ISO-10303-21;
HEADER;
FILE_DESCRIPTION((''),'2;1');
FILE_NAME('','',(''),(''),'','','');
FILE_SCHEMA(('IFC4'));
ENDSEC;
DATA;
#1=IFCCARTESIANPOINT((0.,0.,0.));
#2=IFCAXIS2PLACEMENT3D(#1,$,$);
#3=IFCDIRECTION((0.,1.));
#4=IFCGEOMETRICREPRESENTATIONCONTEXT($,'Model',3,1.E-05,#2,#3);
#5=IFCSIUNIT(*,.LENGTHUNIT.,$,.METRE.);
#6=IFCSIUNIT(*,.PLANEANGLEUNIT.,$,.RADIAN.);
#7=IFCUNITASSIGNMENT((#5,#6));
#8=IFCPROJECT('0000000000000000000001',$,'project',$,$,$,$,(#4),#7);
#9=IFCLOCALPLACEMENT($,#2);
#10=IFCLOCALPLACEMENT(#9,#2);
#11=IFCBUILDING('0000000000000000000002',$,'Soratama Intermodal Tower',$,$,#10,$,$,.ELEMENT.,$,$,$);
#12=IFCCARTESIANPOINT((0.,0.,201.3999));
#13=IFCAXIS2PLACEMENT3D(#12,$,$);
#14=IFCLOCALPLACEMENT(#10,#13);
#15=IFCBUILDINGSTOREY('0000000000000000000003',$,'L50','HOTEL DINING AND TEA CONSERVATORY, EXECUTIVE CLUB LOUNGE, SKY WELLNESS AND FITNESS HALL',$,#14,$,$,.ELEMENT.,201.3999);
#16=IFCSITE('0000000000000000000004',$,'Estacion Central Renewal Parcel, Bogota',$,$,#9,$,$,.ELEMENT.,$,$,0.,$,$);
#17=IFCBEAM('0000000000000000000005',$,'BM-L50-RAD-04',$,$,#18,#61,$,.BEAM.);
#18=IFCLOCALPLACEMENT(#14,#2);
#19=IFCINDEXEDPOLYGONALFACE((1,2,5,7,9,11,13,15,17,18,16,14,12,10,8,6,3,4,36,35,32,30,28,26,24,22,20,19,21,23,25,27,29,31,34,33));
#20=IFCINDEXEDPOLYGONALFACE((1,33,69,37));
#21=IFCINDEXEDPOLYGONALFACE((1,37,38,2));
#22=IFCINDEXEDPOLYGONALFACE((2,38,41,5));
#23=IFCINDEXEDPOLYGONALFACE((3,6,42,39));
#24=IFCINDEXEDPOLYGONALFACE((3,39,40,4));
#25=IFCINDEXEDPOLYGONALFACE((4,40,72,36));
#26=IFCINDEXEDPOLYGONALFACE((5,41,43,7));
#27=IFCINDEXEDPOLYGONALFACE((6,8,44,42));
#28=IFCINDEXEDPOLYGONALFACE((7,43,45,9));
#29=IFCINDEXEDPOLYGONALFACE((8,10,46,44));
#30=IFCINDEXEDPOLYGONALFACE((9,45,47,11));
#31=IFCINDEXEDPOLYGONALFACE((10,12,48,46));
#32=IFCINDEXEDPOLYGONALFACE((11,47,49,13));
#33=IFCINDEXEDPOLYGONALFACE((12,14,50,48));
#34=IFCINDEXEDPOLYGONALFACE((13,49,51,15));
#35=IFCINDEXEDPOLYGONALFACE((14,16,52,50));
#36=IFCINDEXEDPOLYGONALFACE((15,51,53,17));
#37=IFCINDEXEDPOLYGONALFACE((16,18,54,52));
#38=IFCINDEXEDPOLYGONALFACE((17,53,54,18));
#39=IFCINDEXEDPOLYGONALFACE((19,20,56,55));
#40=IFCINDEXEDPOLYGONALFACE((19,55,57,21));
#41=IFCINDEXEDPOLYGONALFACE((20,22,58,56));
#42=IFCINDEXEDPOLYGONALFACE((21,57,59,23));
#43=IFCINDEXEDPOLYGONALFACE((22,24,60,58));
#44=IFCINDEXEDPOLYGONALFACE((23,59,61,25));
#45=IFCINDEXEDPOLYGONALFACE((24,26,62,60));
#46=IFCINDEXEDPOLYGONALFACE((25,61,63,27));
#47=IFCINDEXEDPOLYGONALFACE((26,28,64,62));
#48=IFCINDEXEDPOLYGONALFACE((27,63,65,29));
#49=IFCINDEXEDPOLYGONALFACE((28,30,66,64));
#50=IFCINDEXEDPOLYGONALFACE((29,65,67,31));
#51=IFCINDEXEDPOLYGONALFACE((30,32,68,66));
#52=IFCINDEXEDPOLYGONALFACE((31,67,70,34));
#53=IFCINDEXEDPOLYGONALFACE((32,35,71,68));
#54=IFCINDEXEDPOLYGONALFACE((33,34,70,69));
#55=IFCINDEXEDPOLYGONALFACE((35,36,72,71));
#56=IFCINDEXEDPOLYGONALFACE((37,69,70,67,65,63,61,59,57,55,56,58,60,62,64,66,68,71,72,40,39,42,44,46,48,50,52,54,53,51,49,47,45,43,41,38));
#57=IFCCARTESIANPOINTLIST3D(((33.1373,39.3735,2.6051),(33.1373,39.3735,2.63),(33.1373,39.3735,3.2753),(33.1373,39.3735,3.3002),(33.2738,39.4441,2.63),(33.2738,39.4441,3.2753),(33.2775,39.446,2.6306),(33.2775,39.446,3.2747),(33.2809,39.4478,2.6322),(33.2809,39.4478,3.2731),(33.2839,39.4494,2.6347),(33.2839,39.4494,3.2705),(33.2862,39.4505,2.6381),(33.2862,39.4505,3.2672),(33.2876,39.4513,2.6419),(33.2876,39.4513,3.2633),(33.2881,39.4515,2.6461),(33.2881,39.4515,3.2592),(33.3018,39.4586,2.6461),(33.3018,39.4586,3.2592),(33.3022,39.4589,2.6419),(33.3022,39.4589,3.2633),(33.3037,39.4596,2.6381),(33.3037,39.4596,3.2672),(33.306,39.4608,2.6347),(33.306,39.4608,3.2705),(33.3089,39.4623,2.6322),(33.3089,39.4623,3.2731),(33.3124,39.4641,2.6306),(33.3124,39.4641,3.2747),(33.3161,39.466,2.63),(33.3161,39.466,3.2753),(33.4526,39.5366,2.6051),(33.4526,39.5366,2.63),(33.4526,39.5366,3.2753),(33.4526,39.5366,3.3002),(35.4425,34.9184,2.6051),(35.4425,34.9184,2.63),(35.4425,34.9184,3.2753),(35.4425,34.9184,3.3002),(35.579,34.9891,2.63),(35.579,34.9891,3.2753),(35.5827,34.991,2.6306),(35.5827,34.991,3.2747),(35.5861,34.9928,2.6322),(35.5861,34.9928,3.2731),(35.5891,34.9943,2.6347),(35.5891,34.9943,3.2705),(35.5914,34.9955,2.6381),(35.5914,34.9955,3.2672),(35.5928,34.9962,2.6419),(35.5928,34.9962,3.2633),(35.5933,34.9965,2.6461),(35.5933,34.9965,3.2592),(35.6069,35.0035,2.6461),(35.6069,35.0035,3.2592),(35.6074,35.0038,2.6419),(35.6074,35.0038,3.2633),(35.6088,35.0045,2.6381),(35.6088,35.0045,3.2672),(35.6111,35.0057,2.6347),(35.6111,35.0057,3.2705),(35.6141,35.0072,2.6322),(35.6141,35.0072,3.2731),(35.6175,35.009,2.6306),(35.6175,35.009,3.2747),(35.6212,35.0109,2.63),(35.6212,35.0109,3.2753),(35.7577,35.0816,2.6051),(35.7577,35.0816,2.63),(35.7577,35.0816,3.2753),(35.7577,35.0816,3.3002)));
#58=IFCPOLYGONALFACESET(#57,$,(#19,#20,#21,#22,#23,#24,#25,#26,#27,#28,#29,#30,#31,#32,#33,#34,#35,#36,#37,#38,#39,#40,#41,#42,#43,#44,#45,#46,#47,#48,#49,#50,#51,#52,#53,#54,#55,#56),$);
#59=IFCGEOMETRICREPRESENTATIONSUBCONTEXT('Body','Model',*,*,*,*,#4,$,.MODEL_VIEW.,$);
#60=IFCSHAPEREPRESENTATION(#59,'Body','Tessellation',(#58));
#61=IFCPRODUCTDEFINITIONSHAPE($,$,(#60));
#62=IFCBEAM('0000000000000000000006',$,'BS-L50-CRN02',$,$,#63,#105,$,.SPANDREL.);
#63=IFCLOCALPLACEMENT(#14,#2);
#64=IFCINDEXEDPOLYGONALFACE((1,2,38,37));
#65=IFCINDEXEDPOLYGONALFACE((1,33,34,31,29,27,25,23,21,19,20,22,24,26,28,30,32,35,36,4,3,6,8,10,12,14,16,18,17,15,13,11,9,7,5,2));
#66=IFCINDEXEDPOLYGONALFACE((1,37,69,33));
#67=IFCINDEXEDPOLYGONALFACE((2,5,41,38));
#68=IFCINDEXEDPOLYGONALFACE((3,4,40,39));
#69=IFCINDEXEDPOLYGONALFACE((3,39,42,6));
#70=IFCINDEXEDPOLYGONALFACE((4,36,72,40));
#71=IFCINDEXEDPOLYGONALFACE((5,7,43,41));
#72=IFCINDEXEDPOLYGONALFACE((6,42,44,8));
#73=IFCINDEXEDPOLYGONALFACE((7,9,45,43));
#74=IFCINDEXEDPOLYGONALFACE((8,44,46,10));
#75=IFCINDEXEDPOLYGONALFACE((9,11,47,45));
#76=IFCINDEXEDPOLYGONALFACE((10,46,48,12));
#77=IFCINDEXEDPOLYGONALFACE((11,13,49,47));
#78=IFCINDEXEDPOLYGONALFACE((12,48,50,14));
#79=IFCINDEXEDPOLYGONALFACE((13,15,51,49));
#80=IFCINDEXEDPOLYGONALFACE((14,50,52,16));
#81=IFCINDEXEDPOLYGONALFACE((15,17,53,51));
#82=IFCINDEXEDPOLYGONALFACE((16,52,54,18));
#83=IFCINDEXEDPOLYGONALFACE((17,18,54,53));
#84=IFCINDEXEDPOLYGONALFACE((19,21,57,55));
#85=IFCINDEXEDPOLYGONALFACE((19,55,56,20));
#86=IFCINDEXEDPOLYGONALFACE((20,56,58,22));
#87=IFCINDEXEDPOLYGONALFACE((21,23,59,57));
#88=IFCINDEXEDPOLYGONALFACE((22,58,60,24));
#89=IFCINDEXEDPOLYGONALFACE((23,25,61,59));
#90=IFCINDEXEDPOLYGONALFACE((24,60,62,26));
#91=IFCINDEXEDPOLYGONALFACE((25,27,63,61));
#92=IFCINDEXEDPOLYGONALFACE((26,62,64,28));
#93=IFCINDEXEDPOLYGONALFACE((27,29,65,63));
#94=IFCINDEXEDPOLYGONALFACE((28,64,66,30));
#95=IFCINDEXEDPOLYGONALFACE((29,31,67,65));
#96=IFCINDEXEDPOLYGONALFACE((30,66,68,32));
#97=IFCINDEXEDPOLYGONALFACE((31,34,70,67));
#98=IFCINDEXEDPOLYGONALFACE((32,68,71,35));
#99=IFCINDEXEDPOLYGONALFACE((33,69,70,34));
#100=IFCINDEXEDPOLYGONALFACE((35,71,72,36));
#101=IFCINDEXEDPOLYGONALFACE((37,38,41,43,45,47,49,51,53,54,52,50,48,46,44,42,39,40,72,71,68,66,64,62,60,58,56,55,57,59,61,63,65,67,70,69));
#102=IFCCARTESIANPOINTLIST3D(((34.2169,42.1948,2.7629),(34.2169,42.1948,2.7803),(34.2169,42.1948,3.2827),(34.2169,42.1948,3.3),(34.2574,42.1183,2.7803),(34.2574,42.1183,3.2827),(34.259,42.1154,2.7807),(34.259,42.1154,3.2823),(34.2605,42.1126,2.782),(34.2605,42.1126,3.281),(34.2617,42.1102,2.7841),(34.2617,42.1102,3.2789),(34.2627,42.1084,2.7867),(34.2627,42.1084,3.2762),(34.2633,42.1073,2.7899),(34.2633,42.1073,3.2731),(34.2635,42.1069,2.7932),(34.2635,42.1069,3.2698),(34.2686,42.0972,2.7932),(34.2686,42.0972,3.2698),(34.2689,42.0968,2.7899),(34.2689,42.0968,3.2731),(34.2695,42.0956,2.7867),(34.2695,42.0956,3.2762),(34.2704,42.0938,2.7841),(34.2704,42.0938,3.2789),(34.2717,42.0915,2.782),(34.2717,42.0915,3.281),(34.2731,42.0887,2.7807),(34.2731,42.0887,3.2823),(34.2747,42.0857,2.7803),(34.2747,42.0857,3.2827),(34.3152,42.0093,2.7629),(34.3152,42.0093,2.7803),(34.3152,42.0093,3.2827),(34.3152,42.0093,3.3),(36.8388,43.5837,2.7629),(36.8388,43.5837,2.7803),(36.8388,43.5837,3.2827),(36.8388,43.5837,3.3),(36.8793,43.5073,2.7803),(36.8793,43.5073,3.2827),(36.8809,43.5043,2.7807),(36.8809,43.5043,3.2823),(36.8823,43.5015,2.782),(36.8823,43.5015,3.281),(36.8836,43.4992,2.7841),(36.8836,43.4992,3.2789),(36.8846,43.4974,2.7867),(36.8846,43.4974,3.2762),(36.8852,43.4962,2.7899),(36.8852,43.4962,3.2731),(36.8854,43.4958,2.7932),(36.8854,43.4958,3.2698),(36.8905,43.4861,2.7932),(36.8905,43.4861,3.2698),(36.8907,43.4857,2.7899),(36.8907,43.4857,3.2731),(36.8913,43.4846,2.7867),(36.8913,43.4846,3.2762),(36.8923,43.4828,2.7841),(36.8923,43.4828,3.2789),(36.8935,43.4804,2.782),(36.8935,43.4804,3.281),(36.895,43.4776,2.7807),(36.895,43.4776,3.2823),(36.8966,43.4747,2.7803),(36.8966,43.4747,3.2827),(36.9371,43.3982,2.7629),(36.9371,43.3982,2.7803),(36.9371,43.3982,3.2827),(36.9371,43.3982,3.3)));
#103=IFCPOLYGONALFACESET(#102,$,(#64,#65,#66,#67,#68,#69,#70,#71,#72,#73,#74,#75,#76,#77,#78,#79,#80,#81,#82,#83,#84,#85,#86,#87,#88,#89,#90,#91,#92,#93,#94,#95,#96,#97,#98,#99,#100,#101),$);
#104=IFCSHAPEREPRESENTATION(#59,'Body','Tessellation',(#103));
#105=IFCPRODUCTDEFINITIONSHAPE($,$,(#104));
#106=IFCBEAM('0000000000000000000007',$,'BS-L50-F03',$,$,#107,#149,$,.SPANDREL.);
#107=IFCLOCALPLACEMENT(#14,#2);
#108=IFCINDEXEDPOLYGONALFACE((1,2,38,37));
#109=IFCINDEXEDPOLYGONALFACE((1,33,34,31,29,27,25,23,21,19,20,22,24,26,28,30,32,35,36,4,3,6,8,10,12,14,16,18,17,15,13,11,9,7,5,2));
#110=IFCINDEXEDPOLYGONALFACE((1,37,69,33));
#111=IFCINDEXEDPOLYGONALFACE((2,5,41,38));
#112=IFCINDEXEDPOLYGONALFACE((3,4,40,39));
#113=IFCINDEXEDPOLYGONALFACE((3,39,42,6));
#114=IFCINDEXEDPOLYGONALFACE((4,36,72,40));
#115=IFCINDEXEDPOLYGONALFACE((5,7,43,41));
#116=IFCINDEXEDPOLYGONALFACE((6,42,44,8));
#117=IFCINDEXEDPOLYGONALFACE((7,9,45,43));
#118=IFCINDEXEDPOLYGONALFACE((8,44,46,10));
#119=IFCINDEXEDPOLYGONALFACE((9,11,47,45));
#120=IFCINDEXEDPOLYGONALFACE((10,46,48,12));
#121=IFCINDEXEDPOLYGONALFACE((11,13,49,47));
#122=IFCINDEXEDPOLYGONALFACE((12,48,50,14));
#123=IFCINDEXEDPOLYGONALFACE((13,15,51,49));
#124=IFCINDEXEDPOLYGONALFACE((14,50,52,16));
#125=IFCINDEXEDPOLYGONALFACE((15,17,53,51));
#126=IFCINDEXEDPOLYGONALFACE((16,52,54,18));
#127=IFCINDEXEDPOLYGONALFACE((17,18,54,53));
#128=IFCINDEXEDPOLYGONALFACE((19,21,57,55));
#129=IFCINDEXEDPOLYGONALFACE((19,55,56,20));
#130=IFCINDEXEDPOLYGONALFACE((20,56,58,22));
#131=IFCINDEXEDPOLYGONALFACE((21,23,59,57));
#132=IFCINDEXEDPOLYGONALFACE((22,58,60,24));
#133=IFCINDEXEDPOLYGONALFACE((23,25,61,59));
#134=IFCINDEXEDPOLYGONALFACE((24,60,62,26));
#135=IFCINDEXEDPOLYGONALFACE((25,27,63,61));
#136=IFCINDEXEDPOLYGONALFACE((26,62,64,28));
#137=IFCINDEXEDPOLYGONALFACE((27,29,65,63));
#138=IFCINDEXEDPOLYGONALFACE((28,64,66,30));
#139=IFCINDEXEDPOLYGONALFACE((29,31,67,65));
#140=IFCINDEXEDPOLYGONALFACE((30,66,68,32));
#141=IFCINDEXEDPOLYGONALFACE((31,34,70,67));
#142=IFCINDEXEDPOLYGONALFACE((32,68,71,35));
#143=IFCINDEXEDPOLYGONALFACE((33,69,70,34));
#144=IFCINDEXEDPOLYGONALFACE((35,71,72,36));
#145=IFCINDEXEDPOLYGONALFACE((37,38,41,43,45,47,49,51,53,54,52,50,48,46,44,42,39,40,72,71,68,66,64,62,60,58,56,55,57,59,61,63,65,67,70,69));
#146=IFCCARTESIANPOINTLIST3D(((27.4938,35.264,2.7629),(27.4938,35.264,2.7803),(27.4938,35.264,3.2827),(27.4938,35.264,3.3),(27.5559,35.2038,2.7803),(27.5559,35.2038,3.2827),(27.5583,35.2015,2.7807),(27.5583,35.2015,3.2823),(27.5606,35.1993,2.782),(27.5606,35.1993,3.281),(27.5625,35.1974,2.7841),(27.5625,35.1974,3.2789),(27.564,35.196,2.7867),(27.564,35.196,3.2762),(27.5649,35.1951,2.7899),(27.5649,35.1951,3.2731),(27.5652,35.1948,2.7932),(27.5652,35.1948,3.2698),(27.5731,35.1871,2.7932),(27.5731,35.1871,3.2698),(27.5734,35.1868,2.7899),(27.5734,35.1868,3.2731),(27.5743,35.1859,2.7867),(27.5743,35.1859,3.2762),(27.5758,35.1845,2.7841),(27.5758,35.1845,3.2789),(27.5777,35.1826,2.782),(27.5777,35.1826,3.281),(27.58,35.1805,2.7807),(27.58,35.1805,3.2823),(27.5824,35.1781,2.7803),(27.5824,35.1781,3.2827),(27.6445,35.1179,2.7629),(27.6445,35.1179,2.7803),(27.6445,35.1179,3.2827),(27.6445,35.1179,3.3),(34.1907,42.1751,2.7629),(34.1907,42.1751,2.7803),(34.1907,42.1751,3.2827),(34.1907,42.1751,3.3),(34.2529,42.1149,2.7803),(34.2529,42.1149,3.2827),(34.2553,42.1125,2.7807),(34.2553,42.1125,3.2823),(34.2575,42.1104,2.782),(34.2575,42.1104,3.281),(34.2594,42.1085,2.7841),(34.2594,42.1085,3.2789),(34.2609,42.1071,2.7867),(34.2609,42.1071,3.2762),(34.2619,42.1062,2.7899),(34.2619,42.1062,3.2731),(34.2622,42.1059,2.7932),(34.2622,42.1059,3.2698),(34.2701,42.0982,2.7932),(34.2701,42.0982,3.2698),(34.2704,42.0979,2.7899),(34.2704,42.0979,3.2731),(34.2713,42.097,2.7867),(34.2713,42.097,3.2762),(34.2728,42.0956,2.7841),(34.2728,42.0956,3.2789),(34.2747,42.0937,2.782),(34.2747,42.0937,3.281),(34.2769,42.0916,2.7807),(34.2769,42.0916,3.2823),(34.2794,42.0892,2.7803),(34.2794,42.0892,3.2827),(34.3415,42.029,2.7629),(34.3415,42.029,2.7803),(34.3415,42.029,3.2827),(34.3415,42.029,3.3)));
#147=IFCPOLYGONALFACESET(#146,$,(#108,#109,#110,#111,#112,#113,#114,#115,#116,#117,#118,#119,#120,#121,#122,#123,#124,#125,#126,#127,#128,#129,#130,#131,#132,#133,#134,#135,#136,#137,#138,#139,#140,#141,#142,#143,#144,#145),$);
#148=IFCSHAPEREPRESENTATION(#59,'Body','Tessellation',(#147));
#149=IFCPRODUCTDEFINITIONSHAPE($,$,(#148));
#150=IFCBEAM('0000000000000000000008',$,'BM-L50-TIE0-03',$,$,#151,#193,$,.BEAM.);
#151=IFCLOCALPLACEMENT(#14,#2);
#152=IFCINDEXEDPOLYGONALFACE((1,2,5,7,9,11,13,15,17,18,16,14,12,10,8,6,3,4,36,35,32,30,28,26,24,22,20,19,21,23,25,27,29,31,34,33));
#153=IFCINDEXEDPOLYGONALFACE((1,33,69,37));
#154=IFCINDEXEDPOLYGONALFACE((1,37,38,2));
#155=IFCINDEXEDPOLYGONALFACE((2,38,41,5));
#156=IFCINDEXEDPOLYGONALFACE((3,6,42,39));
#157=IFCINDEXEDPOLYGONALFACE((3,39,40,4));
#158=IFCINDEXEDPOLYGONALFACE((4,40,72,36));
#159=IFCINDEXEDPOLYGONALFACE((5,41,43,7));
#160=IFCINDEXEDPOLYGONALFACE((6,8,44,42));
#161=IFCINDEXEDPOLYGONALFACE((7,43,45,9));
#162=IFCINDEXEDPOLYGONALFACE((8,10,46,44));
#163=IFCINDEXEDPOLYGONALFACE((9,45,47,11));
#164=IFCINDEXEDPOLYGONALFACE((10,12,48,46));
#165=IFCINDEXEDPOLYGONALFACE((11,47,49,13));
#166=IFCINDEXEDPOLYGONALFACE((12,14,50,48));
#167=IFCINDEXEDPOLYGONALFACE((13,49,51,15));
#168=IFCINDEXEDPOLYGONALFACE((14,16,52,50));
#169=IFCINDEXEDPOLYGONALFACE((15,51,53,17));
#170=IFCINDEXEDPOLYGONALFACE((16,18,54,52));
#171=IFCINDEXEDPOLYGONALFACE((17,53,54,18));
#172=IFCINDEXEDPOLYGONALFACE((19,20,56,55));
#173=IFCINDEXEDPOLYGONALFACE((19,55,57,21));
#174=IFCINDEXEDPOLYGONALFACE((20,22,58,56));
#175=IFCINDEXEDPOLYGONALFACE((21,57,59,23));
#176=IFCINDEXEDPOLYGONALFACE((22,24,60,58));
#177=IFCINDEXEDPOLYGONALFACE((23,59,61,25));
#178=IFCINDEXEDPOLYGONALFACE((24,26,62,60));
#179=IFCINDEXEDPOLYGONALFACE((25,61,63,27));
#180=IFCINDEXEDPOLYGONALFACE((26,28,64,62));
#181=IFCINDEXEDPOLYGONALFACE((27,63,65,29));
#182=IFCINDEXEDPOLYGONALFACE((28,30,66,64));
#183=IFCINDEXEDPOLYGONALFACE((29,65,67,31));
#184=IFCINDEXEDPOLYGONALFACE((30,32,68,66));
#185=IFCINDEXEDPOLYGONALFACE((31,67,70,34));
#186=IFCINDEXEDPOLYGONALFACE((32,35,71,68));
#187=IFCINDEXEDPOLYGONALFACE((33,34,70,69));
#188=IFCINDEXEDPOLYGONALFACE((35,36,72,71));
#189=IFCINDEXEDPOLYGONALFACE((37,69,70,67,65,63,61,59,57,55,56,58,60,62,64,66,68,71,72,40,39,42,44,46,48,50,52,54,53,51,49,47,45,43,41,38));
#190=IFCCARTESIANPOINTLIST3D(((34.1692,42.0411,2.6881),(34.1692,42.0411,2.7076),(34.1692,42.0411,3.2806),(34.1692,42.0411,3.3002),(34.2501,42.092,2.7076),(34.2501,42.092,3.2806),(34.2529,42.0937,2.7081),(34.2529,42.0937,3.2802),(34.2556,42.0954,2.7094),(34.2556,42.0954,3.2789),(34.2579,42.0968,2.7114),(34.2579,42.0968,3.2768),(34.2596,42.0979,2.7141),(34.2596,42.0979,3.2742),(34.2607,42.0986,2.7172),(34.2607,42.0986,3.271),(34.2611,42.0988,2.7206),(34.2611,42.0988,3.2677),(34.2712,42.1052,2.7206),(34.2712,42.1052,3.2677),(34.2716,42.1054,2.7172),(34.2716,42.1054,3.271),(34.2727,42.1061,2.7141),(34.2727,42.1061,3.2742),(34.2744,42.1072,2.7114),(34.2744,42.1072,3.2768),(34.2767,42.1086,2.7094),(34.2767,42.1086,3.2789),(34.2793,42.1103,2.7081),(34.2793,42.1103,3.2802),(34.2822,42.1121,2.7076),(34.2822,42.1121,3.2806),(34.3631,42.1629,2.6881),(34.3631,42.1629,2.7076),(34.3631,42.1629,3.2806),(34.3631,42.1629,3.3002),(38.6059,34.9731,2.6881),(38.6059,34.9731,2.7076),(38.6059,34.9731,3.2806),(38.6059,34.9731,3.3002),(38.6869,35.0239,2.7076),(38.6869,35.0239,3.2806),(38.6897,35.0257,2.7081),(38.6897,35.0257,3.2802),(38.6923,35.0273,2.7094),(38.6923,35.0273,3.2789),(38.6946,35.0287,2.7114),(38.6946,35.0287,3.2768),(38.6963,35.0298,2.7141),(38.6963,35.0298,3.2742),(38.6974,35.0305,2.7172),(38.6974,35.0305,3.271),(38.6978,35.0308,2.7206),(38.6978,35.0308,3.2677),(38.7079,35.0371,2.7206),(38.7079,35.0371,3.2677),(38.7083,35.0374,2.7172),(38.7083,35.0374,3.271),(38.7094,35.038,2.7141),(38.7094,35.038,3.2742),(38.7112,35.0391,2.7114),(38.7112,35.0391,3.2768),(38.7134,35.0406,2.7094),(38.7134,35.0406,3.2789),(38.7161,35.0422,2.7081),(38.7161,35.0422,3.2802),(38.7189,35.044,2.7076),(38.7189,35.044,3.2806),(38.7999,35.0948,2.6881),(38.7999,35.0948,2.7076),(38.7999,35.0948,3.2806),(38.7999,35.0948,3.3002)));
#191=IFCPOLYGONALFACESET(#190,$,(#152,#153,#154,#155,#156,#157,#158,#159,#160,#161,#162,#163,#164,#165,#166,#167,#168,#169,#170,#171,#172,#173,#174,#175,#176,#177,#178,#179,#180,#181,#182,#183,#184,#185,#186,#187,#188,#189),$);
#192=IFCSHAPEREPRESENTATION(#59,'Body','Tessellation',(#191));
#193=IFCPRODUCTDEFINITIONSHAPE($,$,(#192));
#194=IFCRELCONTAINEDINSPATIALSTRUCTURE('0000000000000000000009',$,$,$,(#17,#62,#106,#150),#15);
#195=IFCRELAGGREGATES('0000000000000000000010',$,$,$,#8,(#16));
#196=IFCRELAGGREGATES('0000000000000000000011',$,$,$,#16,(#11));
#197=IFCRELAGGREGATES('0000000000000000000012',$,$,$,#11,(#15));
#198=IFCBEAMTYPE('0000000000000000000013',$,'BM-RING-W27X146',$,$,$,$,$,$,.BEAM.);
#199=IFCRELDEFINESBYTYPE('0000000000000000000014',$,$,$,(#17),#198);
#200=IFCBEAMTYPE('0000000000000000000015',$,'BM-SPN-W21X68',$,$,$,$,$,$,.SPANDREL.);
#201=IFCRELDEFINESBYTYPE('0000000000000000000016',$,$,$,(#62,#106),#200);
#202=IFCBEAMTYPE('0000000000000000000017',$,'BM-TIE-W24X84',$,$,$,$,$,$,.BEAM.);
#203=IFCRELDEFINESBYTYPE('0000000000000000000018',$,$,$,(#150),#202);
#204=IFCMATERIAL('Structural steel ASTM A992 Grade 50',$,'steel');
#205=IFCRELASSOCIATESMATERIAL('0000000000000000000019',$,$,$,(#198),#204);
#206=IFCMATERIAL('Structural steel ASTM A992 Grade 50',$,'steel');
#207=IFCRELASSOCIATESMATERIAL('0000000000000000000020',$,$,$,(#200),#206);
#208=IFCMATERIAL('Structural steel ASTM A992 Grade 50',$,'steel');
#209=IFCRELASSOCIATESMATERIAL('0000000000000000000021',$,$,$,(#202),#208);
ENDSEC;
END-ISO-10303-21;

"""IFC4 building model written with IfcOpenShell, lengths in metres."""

from ifc_helpers import new_model, si_unit, direction, frame, origin, origin_2d, place, context, subcontext, project, spatial, i_section, extrude, material, material_profile, profile_set, type_object, element, save


model = new_model("IFC4")

# Units and contexts
model_context = context("Model", 3, precision=1e-05, world=origin(), true_north=direction((0.0, 1.0)))
body_context = subcontext(model_context, "Body", "Model", "MODEL_VIEW")
ifc_project = project(units=[si_unit("LENGTHUNIT", "METRE"), si_unit("PLANEANGLEUNIT", "RADIAN")], contexts=[model_context])

# Site, building, storey
site_placement = place(None, origin())
site = spatial("IfcSite", under=ifc_project, at=site_placement, Name="Estacion Central Renewal Parcel, Bogota", CompositionType="ELEMENT", RefElevation=0.0)
building_placement = place(site_placement, origin())
building = spatial("IfcBuilding", under=site, at=building_placement, Name="Soratama Intermodal Tower", CompositionType="ELEMENT")
storey_placement = place(building_placement, frame((0.0, 0.0, 201.3999)))
storey = spatial("IfcBuildingStorey", under=building, at=storey_placement, Name="L50", Description="HOTEL DINING AND TEA CONSERVATORY, EXECUTIVE CLUB LOUNGE, SKY WELLNESS AND FITNESS HALL", CompositionType="ELEMENT", Elevation=201.3999)

# Beams
ifc_material_1 = material(Name="Structural steel ASTM A992 Grade 50", Category="steel")
ifc_material_profile_1 = material_profile(ifc_material_1, i_section(OverallWidth=0.355, OverallDepth=0.6951, WebThickness=0.0154, FlangeThickness=0.0249, FilletRadius=0.0161, at=origin_2d()), Name="W27X146")
ifc_profile_set_1 = profile_set([ifc_material_profile_1], Name="Structural steel ASTM A992 Grade 50")
beam_type_1 = type_object("IfcBeamType", Name="BM-RING-W27X146", PredefinedType="BEAM", material=ifc_profile_set_1)
beam_1_placement = place(storey_placement, frame((35.6001, 35.0, 2.9526), z_axis=(-0.459553, 0.888151, 0.0), x_axis=(-0.888151, -0.459553, 0.0)))
element("IfcBeam", 1, at=beam_1_placement, inside=storey, type_object=beam_type_1, Name="BM-L50-RAD-04", PredefinedType="BEAM", context=body_context, shape_type="SweptSolid", body=[
    extrude(i_section(OverallWidth=0.355, OverallDepth=0.6951, WebThickness=0.0154, FlangeThickness=0.0249, FilletRadius=0.0161, at=origin_2d()), origin(), (0.0, 0.0, 1.0), 5.0161),
])
ifc_material_2 = material(Name="Structural steel ASTM A992 Grade 50", Category="steel")
ifc_material_profile_2 = material_profile(ifc_material_2, i_section(OverallWidth=0.21, OverallDepth=0.5371, WebThickness=0.011, FlangeThickness=0.0173, FilletRadius=0.0129, at=origin_2d()), Name="W21X68")
ifc_profile_set_2 = profile_set([ifc_material_profile_2], Name="Structural steel ASTM A992 Grade 50")
beam_type_2 = type_object("IfcBeamType", Name="BM-SPN-W21X68", PredefinedType="SPANDREL", material=ifc_profile_set_2)
beam_2_placement = place(storey_placement, frame((36.8879, 43.491, 3.0315), z_axis=(-0.883664, -0.468122, 0.0), x_axis=(0.468122, -0.883664, 0.0)))
element("IfcBeam", 2, at=beam_2_placement, inside=storey, type_object=beam_type_2, Name="BS-L50-CRN02", PredefinedType="SPANDREL", context=body_context, shape_type="SweptSolid", body=[
    extrude(i_section(OverallWidth=0.21, OverallDepth=0.5371, WebThickness=0.011, FlangeThickness=0.0173, FilletRadius=0.0129, at=origin_2d()), origin(), (0.0, 0.0, 1.0), 2.967),
])
beam_3_placement = place(storey_placement, frame((34.2661, 42.1021, 3.0315), z_axis=(-0.695895, -0.718144, 0.0), x_axis=(0.718144, -0.695895, 0.0)))
element("IfcBeam", 3, at=beam_3_placement, inside=storey, type_object=beam_type_2, Name="BS-L50-F03", PredefinedType="SPANDREL", context=body_context, shape_type="SweptSolid", body=[
    extrude(i_section(OverallWidth=0.21, OverallDepth=0.5371, WebThickness=0.011, FlangeThickness=0.0173, FilletRadius=0.0129, at=origin_2d()), origin(), (0.0, 0.0, 1.0), 9.6235),
])
ifc_material_3 = material(Name="Structural steel ASTM A992 Grade 50", Category="steel")
ifc_material_profile_3 = material_profile(ifc_material_3, i_section(OverallWidth=0.229, OverallDepth=0.6121, WebThickness=0.012, FlangeThickness=0.0195, FilletRadius=0.0129, at=origin_2d()), Name="W24X84")
ifc_profile_set_3 = profile_set([ifc_material_profile_3], Name="Structural steel ASTM A992 Grade 50")
beam_type_3 = type_object("IfcBeamType", Name="BM-TIE-W24X84", PredefinedType="BEAM", material=ifc_profile_set_3)
beam_4_placement = place(storey_placement, frame((38.7029, 35.0339, 2.9941), z_axis=(-0.531652, 0.846963, 0.0), x_axis=(-0.846963, -0.531652, 0.0)))
element("IfcBeam", 4, at=beam_4_placement, inside=storey, type_object=beam_type_3, Name="BM-L50-TIE0-03", PredefinedType="BEAM", context=body_context, shape_type="SweptSolid", body=[
    extrude(i_section(OverallWidth=0.229, OverallDepth=0.6121, WebThickness=0.012, FlangeThickness=0.0195, FilletRadius=0.0129, at=origin_2d()), origin(), (0.0, 0.0, 1.0), 8.3452),
])

save(model, "model.ifc")
